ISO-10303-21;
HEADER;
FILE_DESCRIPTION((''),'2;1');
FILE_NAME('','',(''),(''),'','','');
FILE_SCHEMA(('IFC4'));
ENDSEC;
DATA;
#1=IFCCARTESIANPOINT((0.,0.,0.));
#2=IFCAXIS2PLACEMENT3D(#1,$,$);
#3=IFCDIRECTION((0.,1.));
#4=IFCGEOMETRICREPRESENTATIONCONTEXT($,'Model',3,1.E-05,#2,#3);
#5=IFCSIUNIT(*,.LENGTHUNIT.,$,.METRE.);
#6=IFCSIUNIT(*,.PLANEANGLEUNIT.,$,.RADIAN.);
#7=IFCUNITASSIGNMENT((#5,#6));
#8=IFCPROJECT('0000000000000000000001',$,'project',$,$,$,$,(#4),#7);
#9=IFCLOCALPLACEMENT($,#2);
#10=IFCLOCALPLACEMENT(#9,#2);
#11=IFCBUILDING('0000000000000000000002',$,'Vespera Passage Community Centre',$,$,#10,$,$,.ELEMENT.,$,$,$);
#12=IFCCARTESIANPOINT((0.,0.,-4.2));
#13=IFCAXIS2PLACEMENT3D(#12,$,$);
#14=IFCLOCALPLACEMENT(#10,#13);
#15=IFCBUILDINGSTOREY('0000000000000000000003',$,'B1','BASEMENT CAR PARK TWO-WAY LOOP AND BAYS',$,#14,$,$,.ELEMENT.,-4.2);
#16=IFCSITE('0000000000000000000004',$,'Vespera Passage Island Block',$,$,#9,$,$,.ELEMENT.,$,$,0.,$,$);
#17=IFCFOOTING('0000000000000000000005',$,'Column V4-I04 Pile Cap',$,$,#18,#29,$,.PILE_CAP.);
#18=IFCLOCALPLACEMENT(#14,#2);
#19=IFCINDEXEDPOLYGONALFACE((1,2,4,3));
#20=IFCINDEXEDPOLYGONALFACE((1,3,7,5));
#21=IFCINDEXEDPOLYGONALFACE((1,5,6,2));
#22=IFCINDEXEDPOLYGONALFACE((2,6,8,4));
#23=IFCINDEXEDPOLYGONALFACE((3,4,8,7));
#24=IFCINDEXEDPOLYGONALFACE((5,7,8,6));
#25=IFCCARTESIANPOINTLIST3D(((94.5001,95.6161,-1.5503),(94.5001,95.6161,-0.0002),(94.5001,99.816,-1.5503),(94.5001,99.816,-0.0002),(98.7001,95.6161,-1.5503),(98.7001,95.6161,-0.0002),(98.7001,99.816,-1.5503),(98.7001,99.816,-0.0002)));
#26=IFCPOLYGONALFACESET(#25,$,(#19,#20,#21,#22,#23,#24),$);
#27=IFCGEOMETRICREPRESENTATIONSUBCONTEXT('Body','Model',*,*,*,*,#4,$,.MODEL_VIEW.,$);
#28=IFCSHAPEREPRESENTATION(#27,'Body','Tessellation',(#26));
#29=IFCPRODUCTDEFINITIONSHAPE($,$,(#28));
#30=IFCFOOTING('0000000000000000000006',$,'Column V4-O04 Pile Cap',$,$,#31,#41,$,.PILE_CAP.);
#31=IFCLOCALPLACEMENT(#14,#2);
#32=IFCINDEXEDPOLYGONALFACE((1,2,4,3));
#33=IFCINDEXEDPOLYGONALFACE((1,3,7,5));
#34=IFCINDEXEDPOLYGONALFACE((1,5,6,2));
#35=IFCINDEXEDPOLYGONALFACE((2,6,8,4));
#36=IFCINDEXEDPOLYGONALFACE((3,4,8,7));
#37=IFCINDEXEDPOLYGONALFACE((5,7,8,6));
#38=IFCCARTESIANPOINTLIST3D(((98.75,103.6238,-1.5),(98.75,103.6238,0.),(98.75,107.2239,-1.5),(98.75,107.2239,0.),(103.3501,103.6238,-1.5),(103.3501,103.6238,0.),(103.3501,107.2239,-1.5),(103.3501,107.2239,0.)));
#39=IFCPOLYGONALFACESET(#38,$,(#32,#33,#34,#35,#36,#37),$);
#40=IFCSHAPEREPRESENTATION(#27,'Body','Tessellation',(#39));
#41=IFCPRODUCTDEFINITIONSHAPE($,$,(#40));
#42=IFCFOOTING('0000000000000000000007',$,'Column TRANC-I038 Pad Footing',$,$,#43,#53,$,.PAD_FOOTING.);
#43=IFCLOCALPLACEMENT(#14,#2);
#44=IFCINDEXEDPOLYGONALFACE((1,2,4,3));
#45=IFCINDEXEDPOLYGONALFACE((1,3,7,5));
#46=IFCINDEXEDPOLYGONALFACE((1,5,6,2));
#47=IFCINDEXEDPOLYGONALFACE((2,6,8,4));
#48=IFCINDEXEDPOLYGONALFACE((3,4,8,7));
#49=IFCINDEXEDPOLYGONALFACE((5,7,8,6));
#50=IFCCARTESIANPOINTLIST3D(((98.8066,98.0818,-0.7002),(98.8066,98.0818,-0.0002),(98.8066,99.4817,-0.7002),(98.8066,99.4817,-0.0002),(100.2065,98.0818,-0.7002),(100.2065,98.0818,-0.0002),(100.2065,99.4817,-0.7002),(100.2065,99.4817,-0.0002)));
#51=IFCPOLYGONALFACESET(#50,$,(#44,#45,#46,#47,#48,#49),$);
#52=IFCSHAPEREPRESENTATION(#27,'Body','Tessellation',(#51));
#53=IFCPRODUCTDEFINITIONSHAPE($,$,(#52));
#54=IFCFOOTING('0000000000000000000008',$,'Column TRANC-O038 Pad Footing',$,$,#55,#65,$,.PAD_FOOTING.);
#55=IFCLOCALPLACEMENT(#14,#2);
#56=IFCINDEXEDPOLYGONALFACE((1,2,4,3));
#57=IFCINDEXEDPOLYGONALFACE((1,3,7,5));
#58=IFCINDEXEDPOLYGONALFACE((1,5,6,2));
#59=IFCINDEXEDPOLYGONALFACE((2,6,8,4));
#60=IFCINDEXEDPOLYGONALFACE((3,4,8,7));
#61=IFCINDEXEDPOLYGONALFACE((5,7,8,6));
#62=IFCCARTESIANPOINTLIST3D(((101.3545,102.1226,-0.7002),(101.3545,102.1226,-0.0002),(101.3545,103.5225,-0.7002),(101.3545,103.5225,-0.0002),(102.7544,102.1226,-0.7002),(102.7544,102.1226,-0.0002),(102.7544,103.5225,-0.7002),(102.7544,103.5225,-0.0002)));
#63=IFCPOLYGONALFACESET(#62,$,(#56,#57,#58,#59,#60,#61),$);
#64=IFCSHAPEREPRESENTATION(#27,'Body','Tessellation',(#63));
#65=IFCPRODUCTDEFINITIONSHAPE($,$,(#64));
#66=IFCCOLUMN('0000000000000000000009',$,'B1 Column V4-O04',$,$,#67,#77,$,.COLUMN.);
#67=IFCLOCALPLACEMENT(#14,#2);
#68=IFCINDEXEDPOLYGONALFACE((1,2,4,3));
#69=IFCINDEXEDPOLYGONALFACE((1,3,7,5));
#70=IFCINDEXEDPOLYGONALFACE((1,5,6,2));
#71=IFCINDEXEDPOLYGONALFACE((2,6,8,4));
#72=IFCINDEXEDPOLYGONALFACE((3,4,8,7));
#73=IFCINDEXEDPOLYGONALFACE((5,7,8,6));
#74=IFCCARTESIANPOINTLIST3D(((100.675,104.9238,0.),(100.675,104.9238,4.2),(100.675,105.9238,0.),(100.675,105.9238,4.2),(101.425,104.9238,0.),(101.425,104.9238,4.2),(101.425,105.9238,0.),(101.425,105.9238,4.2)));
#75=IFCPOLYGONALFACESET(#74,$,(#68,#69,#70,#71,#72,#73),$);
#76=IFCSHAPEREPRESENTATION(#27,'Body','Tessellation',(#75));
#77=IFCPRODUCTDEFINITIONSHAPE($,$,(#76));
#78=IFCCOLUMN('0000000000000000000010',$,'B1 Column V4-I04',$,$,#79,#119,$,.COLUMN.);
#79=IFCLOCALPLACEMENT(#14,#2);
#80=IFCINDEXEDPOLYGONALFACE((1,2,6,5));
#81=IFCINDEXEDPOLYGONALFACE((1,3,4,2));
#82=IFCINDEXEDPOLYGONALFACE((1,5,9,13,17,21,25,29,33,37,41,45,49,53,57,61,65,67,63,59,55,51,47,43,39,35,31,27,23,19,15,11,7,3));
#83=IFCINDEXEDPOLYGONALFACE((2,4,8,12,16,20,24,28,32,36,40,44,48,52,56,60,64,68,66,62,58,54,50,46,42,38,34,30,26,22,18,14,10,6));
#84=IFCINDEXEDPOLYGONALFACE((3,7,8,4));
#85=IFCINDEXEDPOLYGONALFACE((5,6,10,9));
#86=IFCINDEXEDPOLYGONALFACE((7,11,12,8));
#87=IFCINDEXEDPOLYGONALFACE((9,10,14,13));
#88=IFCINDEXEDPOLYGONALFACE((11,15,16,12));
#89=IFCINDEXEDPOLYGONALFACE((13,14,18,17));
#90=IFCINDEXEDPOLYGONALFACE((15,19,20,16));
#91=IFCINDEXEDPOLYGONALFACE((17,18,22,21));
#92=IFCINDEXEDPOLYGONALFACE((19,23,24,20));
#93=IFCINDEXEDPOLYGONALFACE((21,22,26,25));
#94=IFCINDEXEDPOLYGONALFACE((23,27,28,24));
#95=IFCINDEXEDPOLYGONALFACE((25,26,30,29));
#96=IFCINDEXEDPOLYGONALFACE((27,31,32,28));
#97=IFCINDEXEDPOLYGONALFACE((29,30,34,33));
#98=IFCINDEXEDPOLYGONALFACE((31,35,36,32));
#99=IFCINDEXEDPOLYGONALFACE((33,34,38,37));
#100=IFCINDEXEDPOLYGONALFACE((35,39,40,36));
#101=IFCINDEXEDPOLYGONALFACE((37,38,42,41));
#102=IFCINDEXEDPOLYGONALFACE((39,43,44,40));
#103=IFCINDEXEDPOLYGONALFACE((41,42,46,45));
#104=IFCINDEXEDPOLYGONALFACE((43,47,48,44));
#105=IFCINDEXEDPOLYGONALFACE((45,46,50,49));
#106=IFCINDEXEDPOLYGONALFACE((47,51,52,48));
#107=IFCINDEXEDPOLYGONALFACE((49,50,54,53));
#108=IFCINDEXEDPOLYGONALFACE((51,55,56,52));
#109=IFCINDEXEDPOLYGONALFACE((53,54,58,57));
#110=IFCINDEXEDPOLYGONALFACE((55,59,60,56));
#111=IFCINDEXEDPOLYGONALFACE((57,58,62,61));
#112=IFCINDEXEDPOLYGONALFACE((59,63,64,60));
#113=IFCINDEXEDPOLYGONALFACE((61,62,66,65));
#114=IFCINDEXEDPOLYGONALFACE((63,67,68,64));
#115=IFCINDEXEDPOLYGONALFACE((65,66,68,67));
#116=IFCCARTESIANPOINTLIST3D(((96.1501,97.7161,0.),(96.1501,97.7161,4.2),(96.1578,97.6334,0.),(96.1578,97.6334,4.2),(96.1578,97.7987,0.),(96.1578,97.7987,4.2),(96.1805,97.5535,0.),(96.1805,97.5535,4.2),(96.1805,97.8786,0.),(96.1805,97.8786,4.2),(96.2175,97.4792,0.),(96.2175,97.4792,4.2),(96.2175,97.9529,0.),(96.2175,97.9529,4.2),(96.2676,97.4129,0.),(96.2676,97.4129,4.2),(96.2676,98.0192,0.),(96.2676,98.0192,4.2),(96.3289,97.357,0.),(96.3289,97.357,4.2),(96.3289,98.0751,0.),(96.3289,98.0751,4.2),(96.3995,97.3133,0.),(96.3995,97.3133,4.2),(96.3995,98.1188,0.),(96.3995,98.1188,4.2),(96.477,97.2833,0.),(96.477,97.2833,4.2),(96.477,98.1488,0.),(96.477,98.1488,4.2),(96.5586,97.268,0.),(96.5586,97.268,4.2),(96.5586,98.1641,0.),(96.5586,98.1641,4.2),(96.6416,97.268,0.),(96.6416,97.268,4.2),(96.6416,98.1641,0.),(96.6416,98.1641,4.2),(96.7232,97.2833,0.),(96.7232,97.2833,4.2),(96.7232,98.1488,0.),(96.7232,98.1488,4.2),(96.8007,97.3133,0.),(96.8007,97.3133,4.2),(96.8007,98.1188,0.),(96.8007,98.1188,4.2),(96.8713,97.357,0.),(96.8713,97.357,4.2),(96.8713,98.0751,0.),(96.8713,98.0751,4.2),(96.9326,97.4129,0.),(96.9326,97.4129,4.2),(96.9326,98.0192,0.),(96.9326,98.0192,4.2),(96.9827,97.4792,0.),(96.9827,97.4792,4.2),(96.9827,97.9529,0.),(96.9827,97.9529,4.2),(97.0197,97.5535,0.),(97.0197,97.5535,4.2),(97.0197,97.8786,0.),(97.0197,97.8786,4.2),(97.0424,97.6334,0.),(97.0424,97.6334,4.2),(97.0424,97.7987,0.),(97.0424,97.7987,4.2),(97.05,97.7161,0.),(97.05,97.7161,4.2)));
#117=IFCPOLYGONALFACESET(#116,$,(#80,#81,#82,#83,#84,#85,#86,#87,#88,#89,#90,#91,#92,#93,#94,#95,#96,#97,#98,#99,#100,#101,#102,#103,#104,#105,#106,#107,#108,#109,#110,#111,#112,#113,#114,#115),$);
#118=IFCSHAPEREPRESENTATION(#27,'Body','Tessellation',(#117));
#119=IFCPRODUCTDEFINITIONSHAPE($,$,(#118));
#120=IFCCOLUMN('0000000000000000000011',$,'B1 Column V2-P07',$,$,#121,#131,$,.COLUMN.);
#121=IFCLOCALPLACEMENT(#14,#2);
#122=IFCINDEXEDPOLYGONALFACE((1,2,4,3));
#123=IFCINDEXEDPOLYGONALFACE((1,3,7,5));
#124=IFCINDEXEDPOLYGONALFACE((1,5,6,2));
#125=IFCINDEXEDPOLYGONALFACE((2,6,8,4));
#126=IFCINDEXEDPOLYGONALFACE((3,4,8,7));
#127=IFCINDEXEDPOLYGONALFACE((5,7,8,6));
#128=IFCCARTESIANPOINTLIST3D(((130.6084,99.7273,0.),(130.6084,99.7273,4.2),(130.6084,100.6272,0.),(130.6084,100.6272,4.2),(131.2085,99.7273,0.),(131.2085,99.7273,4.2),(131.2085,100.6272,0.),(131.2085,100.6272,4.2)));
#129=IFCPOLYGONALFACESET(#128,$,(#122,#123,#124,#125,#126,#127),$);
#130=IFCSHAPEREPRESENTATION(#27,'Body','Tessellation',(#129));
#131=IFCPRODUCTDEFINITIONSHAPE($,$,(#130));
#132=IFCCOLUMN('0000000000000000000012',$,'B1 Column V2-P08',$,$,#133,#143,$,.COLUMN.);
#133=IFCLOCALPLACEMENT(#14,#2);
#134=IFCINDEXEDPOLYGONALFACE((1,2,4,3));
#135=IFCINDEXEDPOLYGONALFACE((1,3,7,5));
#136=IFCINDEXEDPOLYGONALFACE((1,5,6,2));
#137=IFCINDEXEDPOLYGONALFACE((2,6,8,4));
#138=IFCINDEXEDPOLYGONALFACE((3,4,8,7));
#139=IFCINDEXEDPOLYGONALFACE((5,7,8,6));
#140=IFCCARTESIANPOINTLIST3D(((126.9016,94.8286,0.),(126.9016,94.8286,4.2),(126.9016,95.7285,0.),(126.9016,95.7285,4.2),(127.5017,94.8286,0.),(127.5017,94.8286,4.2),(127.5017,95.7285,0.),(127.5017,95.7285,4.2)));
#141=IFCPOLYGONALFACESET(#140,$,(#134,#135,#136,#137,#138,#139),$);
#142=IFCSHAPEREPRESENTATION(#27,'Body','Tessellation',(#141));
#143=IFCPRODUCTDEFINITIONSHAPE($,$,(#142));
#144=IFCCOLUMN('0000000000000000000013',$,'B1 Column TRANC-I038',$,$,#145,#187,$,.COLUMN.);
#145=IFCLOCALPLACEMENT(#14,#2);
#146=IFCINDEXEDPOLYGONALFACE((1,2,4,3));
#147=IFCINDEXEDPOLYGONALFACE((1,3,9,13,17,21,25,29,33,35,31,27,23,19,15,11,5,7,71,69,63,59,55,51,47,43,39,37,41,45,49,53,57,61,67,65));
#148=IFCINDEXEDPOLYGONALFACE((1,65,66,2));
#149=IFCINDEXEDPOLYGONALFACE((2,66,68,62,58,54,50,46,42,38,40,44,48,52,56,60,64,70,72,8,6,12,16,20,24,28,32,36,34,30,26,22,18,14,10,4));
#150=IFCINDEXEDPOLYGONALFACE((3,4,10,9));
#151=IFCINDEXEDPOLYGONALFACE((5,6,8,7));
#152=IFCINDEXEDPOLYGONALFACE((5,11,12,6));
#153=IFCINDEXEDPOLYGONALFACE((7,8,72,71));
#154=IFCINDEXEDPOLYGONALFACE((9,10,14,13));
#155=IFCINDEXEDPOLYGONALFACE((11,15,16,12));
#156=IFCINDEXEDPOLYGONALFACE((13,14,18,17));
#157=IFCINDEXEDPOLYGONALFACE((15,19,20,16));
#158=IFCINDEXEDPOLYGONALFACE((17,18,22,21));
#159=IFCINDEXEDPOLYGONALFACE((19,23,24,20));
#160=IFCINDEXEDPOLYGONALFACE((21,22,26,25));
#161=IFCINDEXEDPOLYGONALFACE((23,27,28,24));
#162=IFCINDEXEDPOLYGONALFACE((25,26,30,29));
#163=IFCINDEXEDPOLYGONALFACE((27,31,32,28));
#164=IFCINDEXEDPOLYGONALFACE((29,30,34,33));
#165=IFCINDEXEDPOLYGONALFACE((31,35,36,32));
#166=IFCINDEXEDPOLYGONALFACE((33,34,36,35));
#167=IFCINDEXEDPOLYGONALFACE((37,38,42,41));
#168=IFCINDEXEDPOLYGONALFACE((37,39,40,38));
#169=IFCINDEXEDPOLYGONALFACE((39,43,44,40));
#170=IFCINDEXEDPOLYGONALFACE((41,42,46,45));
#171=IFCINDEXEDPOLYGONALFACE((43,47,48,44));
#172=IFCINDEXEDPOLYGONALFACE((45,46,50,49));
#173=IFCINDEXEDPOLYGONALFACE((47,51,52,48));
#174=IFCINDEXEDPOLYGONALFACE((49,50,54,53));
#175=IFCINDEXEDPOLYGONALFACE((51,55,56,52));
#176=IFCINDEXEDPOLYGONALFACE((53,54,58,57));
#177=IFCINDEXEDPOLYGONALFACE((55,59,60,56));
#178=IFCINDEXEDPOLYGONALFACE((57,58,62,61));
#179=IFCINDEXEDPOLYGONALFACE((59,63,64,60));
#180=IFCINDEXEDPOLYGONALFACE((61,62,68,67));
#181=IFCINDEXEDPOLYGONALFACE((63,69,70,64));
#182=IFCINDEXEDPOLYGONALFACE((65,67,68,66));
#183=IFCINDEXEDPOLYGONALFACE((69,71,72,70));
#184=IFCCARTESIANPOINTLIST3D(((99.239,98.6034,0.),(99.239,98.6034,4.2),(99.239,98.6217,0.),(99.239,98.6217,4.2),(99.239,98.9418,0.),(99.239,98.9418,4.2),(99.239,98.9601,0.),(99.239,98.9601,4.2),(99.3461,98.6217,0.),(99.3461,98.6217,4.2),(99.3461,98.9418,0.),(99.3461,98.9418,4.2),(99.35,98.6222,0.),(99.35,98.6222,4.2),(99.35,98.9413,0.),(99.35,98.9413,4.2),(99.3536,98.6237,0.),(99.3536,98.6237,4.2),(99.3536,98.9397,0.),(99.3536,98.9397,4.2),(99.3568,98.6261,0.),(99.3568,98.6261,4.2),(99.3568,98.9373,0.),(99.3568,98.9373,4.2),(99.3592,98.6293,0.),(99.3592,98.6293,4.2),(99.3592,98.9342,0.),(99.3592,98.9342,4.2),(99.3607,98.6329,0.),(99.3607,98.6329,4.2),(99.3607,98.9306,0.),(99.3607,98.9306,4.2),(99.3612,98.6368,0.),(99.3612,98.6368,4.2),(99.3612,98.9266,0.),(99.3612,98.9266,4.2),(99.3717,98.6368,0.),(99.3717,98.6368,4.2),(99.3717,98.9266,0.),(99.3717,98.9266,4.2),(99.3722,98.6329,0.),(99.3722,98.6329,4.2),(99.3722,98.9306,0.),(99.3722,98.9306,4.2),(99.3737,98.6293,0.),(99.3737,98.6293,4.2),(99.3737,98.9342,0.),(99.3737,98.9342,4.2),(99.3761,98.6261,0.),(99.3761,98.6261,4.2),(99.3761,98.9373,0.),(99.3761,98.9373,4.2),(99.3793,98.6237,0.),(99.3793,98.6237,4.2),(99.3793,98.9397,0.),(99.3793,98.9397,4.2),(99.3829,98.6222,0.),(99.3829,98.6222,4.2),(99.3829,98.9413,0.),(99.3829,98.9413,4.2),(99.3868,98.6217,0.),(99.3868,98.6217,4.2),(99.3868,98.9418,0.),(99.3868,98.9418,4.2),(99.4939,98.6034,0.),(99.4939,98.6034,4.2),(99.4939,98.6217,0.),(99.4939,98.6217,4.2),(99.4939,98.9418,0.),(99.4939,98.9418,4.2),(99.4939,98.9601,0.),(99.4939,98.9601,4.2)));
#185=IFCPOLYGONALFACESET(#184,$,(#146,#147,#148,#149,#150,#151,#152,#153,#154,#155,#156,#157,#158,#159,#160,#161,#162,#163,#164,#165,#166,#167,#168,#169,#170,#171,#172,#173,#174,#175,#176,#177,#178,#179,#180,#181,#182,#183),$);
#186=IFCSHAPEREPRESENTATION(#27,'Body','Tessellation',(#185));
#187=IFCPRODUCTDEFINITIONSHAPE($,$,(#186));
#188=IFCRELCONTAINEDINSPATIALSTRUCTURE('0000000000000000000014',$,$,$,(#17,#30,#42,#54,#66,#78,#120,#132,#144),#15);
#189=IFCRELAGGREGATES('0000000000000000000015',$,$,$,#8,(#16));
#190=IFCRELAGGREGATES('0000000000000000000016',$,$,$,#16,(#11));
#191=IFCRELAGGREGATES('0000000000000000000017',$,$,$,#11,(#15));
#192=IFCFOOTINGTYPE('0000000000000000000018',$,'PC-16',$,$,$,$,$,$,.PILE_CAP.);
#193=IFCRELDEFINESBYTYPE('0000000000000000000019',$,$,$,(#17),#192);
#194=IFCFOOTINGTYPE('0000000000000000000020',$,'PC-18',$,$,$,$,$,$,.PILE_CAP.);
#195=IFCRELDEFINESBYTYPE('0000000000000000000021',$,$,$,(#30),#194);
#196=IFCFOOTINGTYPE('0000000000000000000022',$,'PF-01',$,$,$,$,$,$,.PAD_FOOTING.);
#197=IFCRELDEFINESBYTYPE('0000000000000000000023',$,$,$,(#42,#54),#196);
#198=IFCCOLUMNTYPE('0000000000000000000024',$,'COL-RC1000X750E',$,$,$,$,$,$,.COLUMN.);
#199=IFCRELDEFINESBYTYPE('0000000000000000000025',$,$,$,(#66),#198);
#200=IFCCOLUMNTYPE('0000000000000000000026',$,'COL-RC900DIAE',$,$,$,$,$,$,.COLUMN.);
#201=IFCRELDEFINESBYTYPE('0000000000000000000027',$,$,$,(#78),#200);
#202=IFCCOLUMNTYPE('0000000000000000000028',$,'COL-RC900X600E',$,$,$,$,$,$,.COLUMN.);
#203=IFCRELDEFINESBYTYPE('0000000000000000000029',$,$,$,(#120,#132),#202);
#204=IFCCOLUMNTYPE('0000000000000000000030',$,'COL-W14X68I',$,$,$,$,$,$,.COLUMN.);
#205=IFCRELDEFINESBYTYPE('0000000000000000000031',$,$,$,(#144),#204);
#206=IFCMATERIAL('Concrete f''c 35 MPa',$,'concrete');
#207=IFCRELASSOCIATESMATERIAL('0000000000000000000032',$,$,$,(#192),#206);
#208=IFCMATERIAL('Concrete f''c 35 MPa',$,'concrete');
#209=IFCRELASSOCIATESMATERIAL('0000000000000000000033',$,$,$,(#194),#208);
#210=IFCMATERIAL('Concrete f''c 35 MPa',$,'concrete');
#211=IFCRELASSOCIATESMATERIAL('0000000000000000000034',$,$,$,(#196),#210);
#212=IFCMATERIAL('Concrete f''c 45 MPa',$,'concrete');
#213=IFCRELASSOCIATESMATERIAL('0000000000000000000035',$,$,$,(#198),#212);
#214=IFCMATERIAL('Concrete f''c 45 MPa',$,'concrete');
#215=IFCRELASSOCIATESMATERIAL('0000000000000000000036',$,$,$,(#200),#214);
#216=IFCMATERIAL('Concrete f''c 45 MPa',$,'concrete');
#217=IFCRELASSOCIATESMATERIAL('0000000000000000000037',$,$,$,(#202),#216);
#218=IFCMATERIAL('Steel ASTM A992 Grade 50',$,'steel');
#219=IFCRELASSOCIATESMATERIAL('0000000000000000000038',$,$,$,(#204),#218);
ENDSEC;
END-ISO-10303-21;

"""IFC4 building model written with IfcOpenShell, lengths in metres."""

from ifc_helpers import new_model, si_unit, direction, frame, origin, origin_2d, place, context, subcontext, project, spatial, rectangle, circle, i_section, extrude, material, material_profile, profile_set, type_object, element, save


model = new_model("IFC4")

# Units and contexts
model_context = context("Model", 3, precision=1e-05, world=origin(), true_north=direction((0.0, 1.0)))
body_context = subcontext(model_context, "Body", "Model", "MODEL_VIEW")
ifc_project = project(units=[si_unit("LENGTHUNIT", "METRE"), si_unit("PLANEANGLEUNIT", "RADIAN")], contexts=[model_context])

# Site, building, storey
site_placement = place(None, origin())
site = spatial("IfcSite", under=ifc_project, at=site_placement, Name="Vespera Passage Island Block", CompositionType="ELEMENT", RefElevation=0.0)
building_placement = place(site_placement, origin())
building = spatial("IfcBuilding", under=site, at=building_placement, Name="Vespera Passage Community Centre", CompositionType="ELEMENT")
storey_placement = place(building_placement, frame((0.0, 0.0, -4.2)))
storey = spatial("IfcBuildingStorey", under=building, at=storey_placement, Name="B1", Description="BASEMENT CAR PARK TWO-WAY LOOP AND BAYS", CompositionType="ELEMENT", Elevation=-4.2)

# Footings
ifc_material_1 = material(Name="Concrete f'c 35 MPa", Category="concrete")
footing_type_1 = type_object("IfcFootingType", Name="PC-16", PredefinedType="PILE_CAP", material=ifc_material_1)
footing_1_placement = place(storey_placement, frame((96.6001, 97.7161, -1.5503), z_axis=(0.0, 0.0, 1.0), x_axis=(1.0, 0.0, 0.0)))
element("IfcFooting", 1, at=footing_1_placement, inside=storey, type_object=footing_type_1, Name="Column V4-I04 Pile Cap", PredefinedType="PILE_CAP", context=body_context, shape_type="SweptSolid", body=[
    extrude(rectangle(XDim=4.2, YDim=4.2, at=origin_2d()), origin(), (0.0, 0.0, 1.0), 1.55),
])
ifc_material_2 = material(Name="Concrete f'c 35 MPa", Category="concrete")
footing_type_2 = type_object("IfcFootingType", Name="PC-18", PredefinedType="PILE_CAP", material=ifc_material_2)
footing_2_placement = place(storey_placement, frame((101.05, 105.4238, -1.5), z_axis=(0.0, 0.0, 1.0), x_axis=(1.0, 0.0, 0.0)))
element("IfcFooting", 2, at=footing_2_placement, inside=storey, type_object=footing_type_2, Name="Column V4-O04 Pile Cap", PredefinedType="PILE_CAP", context=body_context, shape_type="SweptSolid", body=[
    extrude(rectangle(XDim=4.6001, YDim=3.6001, at=origin_2d()), origin(), (0.0, 0.0, 1.0), 1.5),
])
ifc_material_3 = material(Name="Concrete f'c 35 MPa", Category="concrete")
footing_type_3 = type_object("IfcFootingType", Name="PF-01", PredefinedType="PAD_FOOTING", material=ifc_material_3)
for number, where, z_axis, x_axis, name in (
    (3, (99.5066, 98.7817, -0.7002), (0.0, 0.0, 1.0), (1.0, 0.0, 0.0), "Column TRANC-I038 Pad Footing"),
    (4, (102.0544, 102.8225, -0.7002), (0.0, 0.0, 1.0), (1.0, 0.0, 0.0), "Column TRANC-O038 Pad Footing"),
):
    element("IfcFooting", number, at=place(storey_placement, frame(where, z_axis=z_axis, x_axis=x_axis)), inside=storey, type_object=footing_type_3, Name=name, PredefinedType="PAD_FOOTING", context=body_context, shape_type="SweptSolid", body=[
        extrude(rectangle(XDim=1.3999, YDim=1.3999, at=origin_2d()), origin(), (0.0, 0.0, 1.0), 0.7),
    ])

# Columns
ifc_material_4 = material(Name="Concrete f'c 45 MPa", Category="concrete")
ifc_material_profile_1 = material_profile(ifc_material_4, rectangle(XDim=0.75, YDim=1.0, at=origin_2d()), Name="RC1000X750")
ifc_profile_set_1 = profile_set([ifc_material_profile_1], Name="Concrete f'c 45 MPa")
column_type_1 = type_object("IfcColumnType", Name="COL-RC1000X750E", PredefinedType="COLUMN", material=ifc_profile_set_1)
column_1_placement = place(storey_placement, frame((101.05, 105.4238, 0.0), z_axis=(0.0, 0.0, 1.0), x_axis=(1.0, 0.0, 0.0)))
element("IfcColumn", 5, at=column_1_placement, inside=storey, type_object=column_type_1, Name="B1 Column V4-O04", PredefinedType="COLUMN", context=body_context, shape_type="SweptSolid", body=[
    extrude(rectangle(XDim=0.75, YDim=1.0, at=origin_2d()), origin(), (0.0, 0.0, 1.0), 4.2),
])
ifc_material_5 = material(Name="Concrete f'c 45 MPa", Category="concrete")
ifc_material_profile_2 = material_profile(ifc_material_5, circle(Radius=0.45, at=origin_2d()), Name="RC900DIA")
ifc_profile_set_2 = profile_set([ifc_material_profile_2], Name="Concrete f'c 45 MPa")
column_type_2 = type_object("IfcColumnType", Name="COL-RC900DIAE", PredefinedType="COLUMN", material=ifc_profile_set_2)
column_2_placement = place(storey_placement, frame((96.6001, 97.7161, 0.0), z_axis=(0.0, 0.0, 1.0), x_axis=(1.0, 0.0, 0.0)))
element("IfcColumn", 6, at=column_2_placement, inside=storey, type_object=column_type_2, Name="B1 Column V4-I04", PredefinedType="COLUMN", context=body_context, shape_type="SweptSolid", body=[
    extrude(circle(Radius=0.45, at=origin_2d()), origin(), (0.0, 0.0, 1.0), 4.2),
])
ifc_material_6 = material(Name="Concrete f'c 45 MPa", Category="concrete")
ifc_material_profile_3 = material_profile(ifc_material_6, rectangle(XDim=0.6001, YDim=0.8999, at=origin_2d()), Name="RC900X600")
ifc_profile_set_3 = profile_set([ifc_material_profile_3], Name="Concrete f'c 45 MPa")
column_type_3 = type_object("IfcColumnType", Name="COL-RC900X600E", PredefinedType="COLUMN", material=ifc_profile_set_3)
for number, where, z_axis, x_axis, name in (
    (7, (130.9084, 100.1772, 0.0), (0.0, 0.0, 1.0), (1.0, 0.0, 0.0), "B1 Column V2-P07"),
    (8, (127.2017, 95.2786, 0.0), (0.0, 0.0, 1.0), (1.0, 0.0, 0.0), "B1 Column V2-P08"),
):
    element("IfcColumn", number, at=place(storey_placement, frame(where, z_axis=z_axis, x_axis=x_axis)), inside=storey, type_object=column_type_3, Name=name, PredefinedType="COLUMN", context=body_context, shape_type="SweptSolid", body=[
        extrude(rectangle(XDim=0.6001, YDim=0.8999, at=origin_2d()), origin(), (0.0, 0.0, 1.0), 4.2),
    ])
ifc_material_7 = material(Name="Steel ASTM A992 Grade 50", Category="steel")
ifc_material_profile_4 = material_profile(ifc_material_7, i_section(OverallWidth=0.2549, OverallDepth=0.3567, WebThickness=0.0105, FlangeThickness=0.0183, FilletRadius=0.0151, at=origin_2d()), Name="W14X68")
ifc_profile_set_4 = profile_set([ifc_material_profile_4], Name="Steel ASTM A992 Grade 50")
column_type_4 = type_object("IfcColumnType", Name="COL-W14X68I", PredefinedType="COLUMN", material=ifc_profile_set_4)
for number, where, z_axis, x_axis, name in (
    (9, (99.3665, 98.7817, 0.0), (0.0, 0.0, 1.0), (1.0, 0.0, 0.0), "B1 Column TRANC-I038"),
):
    element("IfcColumn", number, at=place(storey_placement, frame(where, z_axis=z_axis, x_axis=x_axis)), inside=storey, type_object=column_type_4, Name=name, PredefinedType="COLUMN", context=body_context, shape_type="SweptSolid", body=[
        extrude(i_section(OverallWidth=0.2549, OverallDepth=0.3567, WebThickness=0.0105, FlangeThickness=0.0183, FilletRadius=0.0151, at=origin_2d()), origin(), (0.0, 0.0, 1.0), 4.2),
    ])

save(model, "model.ifc")
